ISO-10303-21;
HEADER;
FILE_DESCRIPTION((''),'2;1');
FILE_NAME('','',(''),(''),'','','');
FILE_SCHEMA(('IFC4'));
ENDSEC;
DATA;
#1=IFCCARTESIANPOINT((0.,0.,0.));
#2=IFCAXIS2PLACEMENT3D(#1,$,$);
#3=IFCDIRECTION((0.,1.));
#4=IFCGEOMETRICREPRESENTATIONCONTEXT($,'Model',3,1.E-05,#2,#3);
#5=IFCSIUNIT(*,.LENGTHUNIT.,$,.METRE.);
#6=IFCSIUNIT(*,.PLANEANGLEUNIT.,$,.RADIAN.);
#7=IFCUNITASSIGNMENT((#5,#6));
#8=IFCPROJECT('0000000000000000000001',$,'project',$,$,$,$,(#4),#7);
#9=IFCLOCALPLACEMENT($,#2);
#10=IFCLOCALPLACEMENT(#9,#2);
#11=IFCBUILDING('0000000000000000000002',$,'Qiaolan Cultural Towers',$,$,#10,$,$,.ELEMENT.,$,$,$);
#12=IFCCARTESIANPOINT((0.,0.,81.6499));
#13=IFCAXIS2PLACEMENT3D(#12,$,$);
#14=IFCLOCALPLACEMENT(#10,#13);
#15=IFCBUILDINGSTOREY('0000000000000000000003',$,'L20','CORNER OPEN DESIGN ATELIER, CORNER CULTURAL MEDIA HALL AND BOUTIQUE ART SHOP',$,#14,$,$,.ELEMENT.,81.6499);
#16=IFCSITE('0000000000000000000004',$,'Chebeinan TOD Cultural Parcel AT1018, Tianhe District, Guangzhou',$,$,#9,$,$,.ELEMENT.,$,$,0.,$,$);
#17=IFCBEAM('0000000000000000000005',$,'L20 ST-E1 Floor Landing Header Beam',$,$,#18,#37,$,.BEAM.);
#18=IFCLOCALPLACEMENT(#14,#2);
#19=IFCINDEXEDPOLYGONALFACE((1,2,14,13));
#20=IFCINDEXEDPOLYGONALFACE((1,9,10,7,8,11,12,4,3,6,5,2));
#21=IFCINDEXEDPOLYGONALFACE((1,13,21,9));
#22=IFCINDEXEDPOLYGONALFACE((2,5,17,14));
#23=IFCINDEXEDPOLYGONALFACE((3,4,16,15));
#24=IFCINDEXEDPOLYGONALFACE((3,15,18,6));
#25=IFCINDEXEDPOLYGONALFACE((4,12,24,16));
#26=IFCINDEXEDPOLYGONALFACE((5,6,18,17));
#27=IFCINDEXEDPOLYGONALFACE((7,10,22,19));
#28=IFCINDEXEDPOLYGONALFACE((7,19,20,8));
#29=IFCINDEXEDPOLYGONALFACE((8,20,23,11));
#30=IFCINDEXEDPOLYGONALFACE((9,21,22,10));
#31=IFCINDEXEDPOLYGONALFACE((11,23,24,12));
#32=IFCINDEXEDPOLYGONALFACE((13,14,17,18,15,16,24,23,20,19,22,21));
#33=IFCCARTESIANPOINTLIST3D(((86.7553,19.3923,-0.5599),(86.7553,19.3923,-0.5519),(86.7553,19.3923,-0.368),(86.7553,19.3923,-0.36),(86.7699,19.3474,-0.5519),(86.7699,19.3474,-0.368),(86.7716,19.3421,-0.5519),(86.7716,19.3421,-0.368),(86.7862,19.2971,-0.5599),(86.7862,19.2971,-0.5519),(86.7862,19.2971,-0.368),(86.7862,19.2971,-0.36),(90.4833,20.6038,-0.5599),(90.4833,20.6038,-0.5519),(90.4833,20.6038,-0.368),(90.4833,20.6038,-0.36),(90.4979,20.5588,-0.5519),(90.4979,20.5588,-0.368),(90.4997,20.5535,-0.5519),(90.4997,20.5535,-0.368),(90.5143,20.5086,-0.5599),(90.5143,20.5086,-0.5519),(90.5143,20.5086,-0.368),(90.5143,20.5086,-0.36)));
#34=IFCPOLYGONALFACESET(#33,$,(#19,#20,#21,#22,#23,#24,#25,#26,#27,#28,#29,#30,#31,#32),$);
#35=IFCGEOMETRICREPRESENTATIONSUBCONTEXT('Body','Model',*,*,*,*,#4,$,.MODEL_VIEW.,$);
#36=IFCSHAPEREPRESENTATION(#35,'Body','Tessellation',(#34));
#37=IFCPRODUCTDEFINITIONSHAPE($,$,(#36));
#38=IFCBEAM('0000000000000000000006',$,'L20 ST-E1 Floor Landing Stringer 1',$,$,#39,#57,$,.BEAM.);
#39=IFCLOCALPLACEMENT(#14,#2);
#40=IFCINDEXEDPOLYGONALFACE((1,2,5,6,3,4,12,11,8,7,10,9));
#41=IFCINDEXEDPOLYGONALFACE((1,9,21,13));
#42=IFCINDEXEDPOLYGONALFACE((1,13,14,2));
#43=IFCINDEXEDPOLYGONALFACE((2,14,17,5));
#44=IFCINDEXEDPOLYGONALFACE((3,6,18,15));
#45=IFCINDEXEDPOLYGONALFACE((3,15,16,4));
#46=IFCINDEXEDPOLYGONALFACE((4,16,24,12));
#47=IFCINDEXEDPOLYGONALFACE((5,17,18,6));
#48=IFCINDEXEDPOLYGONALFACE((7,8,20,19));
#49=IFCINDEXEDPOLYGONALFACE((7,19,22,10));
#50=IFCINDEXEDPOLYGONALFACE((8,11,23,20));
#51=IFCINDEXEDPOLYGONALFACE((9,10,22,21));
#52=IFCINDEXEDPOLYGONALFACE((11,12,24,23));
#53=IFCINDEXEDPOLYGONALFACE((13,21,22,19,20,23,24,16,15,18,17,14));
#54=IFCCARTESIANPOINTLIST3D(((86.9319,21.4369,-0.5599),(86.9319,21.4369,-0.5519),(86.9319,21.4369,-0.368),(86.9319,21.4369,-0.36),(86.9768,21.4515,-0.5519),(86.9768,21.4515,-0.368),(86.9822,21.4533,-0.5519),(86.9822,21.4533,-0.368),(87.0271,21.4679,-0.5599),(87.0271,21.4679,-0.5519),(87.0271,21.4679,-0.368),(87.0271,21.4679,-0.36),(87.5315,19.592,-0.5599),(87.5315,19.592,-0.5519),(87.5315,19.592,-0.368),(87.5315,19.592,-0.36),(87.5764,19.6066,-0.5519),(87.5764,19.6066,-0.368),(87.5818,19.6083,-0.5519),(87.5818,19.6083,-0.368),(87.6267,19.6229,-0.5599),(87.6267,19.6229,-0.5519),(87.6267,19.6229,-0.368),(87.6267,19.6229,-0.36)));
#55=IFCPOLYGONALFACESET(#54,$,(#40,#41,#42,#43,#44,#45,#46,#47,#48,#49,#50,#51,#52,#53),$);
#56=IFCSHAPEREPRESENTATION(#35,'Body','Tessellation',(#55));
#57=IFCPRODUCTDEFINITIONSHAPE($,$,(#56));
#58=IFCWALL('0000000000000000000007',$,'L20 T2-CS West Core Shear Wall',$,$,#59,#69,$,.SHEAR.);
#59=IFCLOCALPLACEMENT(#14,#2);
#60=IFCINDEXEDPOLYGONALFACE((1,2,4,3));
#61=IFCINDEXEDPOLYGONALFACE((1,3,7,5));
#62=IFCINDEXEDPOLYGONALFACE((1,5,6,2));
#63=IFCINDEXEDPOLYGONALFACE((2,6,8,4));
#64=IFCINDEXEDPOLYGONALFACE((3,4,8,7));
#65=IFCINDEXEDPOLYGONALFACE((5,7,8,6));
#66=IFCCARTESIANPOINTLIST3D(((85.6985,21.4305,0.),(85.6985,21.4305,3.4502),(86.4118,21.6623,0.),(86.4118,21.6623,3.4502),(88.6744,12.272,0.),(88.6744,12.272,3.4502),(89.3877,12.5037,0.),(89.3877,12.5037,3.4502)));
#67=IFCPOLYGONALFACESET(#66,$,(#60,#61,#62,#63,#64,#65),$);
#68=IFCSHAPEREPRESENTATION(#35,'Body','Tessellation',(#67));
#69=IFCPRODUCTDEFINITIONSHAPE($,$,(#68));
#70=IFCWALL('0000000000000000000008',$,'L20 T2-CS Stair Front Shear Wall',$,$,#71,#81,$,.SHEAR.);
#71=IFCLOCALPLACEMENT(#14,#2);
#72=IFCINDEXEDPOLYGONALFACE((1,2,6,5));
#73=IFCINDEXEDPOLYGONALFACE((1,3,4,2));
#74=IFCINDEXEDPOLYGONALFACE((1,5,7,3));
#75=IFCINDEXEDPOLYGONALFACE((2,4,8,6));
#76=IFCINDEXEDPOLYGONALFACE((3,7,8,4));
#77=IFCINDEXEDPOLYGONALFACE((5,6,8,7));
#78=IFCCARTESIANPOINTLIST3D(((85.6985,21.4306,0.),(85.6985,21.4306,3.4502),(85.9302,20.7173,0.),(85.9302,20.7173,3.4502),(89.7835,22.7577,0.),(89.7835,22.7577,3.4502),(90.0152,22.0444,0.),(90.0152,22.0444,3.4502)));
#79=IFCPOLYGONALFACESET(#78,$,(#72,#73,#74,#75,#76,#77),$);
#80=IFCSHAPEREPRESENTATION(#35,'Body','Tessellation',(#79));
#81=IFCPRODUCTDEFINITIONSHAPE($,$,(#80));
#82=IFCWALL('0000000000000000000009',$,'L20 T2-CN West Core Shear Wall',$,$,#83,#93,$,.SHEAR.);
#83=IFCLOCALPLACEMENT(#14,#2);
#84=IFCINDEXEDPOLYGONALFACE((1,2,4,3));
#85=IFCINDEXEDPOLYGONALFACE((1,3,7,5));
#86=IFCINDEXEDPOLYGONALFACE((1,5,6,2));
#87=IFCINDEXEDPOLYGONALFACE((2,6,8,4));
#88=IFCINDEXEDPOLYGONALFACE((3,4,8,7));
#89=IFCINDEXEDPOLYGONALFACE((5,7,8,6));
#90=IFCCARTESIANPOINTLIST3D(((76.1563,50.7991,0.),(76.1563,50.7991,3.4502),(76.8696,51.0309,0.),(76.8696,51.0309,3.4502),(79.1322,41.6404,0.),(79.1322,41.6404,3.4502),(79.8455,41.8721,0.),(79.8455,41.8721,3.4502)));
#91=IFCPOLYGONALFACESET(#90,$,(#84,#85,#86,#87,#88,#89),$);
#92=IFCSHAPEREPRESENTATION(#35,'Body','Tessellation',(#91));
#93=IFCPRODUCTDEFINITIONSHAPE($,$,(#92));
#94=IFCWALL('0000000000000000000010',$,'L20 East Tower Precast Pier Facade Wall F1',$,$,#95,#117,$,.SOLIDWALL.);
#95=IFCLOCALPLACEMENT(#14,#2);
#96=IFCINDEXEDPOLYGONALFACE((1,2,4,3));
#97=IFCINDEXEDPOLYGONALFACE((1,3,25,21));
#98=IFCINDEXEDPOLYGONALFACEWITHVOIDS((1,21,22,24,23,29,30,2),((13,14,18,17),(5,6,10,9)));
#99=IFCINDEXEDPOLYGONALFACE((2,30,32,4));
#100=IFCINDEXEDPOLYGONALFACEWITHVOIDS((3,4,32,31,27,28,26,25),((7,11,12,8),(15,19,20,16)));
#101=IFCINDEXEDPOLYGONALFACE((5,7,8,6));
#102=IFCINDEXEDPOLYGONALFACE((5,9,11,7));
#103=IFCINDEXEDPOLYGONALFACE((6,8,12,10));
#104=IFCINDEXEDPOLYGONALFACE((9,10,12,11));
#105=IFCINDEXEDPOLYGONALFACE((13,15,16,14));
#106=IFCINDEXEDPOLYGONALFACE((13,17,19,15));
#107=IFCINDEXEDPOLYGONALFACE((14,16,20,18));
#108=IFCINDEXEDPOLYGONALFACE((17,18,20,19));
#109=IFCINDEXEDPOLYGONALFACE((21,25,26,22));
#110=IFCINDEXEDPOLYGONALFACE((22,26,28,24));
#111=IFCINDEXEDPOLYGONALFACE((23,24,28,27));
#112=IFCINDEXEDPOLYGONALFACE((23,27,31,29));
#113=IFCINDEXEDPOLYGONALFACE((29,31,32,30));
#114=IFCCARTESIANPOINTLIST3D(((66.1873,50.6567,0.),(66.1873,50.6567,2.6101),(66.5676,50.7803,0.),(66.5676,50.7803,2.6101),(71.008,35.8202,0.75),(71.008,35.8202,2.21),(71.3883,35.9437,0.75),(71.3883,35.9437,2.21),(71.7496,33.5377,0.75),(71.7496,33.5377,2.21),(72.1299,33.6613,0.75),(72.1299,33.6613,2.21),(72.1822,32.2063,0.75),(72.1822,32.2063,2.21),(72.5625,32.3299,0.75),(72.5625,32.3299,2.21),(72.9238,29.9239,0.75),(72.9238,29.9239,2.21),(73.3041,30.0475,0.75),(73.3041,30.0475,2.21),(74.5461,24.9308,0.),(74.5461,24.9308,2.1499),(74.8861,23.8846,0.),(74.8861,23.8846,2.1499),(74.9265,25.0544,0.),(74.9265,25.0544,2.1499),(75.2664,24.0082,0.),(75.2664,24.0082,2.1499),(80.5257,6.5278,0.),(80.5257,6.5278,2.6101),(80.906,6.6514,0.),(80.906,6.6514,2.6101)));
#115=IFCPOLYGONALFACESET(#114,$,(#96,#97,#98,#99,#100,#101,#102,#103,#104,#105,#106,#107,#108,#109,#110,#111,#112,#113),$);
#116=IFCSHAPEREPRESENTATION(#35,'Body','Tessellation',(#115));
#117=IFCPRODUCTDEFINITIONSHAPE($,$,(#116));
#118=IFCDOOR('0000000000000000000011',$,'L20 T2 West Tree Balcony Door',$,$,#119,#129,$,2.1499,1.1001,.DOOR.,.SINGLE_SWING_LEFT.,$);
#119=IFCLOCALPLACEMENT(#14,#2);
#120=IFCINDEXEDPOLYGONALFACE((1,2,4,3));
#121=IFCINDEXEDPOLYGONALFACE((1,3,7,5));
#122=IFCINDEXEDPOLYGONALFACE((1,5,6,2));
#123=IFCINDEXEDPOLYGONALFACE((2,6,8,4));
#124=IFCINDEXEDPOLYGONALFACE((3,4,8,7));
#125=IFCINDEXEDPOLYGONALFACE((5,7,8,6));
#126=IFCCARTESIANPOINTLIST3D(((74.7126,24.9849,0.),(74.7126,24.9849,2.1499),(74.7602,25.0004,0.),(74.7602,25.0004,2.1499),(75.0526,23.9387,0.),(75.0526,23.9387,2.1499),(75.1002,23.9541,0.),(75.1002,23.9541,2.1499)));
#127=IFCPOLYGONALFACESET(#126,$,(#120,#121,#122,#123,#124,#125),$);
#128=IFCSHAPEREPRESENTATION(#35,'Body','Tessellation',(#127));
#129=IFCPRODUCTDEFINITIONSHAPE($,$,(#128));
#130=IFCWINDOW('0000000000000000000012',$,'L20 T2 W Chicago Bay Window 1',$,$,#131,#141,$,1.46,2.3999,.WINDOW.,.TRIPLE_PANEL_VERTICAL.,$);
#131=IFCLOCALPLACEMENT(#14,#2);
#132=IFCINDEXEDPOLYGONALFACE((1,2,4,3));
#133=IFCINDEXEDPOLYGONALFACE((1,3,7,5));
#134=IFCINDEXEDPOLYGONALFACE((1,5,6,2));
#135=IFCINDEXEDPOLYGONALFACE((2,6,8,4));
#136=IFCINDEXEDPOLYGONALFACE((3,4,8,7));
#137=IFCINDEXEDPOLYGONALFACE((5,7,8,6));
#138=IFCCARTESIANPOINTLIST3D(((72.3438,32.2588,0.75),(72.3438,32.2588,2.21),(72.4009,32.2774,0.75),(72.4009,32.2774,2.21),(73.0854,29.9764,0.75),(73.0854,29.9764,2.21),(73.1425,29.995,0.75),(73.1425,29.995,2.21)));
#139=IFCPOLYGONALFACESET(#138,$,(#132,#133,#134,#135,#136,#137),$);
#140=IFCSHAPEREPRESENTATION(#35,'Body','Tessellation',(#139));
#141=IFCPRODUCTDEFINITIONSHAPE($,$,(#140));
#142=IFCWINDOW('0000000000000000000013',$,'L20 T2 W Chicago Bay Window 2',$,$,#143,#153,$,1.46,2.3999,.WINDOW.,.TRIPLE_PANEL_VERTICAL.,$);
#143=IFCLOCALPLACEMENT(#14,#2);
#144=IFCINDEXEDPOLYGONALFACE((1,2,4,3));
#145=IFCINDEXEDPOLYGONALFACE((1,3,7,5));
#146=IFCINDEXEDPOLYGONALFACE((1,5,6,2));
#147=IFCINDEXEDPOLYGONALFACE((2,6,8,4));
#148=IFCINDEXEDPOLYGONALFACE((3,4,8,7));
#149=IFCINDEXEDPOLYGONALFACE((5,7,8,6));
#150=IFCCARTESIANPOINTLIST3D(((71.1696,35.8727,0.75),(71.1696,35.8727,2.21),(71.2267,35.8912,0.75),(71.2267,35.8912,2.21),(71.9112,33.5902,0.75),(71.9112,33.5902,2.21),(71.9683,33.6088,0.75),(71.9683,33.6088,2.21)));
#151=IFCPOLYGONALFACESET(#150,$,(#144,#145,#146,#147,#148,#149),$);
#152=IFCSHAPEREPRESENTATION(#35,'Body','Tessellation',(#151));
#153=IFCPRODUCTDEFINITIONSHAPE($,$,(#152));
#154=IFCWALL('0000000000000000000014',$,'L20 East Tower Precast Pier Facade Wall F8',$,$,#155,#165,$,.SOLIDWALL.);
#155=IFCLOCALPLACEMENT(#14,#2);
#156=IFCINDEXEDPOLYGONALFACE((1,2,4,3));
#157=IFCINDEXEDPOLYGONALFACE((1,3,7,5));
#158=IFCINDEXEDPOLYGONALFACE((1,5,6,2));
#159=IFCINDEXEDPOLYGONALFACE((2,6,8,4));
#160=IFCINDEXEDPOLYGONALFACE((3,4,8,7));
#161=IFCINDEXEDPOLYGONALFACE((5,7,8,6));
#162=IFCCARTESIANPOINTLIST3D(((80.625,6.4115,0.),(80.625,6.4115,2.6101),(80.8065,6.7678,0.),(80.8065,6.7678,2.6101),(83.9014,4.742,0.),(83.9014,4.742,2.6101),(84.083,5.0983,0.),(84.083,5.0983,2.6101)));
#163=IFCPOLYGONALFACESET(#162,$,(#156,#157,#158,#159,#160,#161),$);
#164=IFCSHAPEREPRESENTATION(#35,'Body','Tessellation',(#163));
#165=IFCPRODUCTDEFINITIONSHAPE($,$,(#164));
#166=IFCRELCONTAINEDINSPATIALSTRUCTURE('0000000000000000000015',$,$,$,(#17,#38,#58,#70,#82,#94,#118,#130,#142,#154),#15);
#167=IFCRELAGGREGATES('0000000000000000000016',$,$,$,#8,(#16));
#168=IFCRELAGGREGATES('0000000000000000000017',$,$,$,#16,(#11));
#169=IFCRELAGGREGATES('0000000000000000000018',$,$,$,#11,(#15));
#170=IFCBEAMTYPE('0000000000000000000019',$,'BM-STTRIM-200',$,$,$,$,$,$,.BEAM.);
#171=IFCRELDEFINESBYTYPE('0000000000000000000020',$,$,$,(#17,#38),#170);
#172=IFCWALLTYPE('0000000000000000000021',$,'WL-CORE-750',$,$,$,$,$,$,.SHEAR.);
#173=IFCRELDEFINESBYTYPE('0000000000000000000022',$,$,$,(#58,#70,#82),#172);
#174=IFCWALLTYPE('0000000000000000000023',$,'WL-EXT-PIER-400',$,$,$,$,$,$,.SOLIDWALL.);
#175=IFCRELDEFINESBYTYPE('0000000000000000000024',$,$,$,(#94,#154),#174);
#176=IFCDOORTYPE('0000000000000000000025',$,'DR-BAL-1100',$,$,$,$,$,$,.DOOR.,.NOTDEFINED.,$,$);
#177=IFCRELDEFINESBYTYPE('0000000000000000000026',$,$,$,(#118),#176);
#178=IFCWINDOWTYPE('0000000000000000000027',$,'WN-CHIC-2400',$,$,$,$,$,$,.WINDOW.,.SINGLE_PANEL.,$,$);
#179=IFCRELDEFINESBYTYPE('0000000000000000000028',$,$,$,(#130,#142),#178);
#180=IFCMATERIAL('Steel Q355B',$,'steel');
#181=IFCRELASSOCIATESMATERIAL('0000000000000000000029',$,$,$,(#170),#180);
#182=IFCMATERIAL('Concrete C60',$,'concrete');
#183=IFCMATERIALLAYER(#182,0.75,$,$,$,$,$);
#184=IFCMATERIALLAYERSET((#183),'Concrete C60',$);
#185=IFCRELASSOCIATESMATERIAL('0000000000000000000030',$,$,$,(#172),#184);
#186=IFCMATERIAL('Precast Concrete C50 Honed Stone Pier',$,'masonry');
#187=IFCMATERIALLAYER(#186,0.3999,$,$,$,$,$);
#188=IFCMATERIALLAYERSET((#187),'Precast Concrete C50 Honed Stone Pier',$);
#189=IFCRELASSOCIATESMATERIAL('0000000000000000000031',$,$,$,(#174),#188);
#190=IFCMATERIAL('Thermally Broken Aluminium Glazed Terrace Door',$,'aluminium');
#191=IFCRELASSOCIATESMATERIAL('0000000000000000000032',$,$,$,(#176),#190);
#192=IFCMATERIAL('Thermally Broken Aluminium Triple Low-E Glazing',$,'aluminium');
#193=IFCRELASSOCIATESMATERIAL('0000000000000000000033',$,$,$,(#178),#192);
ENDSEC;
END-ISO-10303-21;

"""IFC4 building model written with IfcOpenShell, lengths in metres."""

from ifc_helpers import new_model, si_unit, direction, frame, frame_2d, origin, origin_2d, place, context, subcontext, project, spatial, rectangle, i_section, extrude, material, layer, layer_set, material_profile, profile_set, type_object, element, fill, save


model = new_model("IFC4")

# Units and contexts
model_context = context("Model", 3, precision=1e-05, world=origin(), true_north=direction((0.0, 1.0)))
body_context = subcontext(model_context, "Body", "Model", "MODEL_VIEW")
ifc_project = project(units=[si_unit("LENGTHUNIT", "METRE"), si_unit("PLANEANGLEUNIT", "RADIAN")], contexts=[model_context])

# Site, building, storey
site_placement = place(None, origin())
site = spatial("IfcSite", under=ifc_project, at=site_placement, Name="Chebeinan TOD Cultural Parcel AT1018, Tianhe District, Guangzhou", CompositionType="ELEMENT", RefElevation=0.0)
building_placement = place(site_placement, origin())
building = spatial("IfcBuilding", under=site, at=building_placement, Name="Qiaolan Cultural Towers", CompositionType="ELEMENT")
storey_placement = place(building_placement, frame((0.0, 0.0, 81.6499)))
storey = spatial("IfcBuildingStorey", under=building, at=storey_placement, Name="L20", Description="CORNER OPEN DESIGN ATELIER, CORNER CULTURAL MEDIA HALL AND BOUTIQUE ART SHOP", CompositionType="ELEMENT", Elevation=81.6499)

# Beams
ifc_material_1 = material(Name="Steel Q355B", Category="steel")
ifc_material_profile_1 = material_profile(ifc_material_1, i_section(OverallWidth=0.1001, OverallDepth=0.2, WebThickness=0.0056, FlangeThickness=0.0081, at=origin_2d()), Name="HN200x100x5.5x8")
ifc_profile_set_1 = profile_set([ifc_material_profile_1], Name="Steel Q355B")
beam_type_1 = type_object("IfcBeamType", Name="BM-STTRIM-200", PredefinedType="BEAM", material=ifc_profile_set_1)
beam_1_placement = place(storey_placement, frame((86.7708, 19.3447, -0.46), z_axis=(0.951048, 0.309044, 0.0), x_axis=(-0.309044, 0.951048, 0.0)))
element("IfcBeam", 1, at=beam_1_placement, inside=storey, type_object=beam_type_1, Name="L20 ST-E1 Floor Landing Header Beam", PredefinedType="BEAM", context=body_context, shape_type="SweptSolid", body=[
    extrude(i_section(OverallWidth=0.1001, OverallDepth=0.2, WebThickness=0.0056, FlangeThickness=0.0081, at=origin_2d()), origin(), (0.0, 0.0, 1.0), 3.9199),
])
beam_2_placement = place(storey_placement, frame((86.9795, 21.4524, -0.46), z_axis=(0.309083, -0.951035, 0.0), x_axis=(0.951035, 0.309083, 0.0)))
element("IfcBeam", 2, at=beam_2_placement, inside=storey, type_object=beam_type_1, Name="L20 ST-E1 Floor Landing Stringer 1", PredefinedType="BEAM", context=body_context, shape_type="SweptSolid", body=[
    extrude(i_section(OverallWidth=0.1001, OverallDepth=0.2, WebThickness=0.0056, FlangeThickness=0.0081, at=origin_2d()), origin(), (0.0, 0.0, 1.0), 1.9399),
])

# Walls
ifc_material_2 = material(Name="Concrete C60", Category="concrete")
ifc_layer_1 = layer(ifc_material_2, 0.75)
ifc_layer_set_1 = layer_set([ifc_layer_1], Name="Concrete C60")
wall_type_1 = type_object("IfcWallType", Name="WL-CORE-750", PredefinedType="SHEAR", material=ifc_layer_set_1)
wall_1_placement = place(storey_placement, frame((86.0552, 21.5464, 0.0), z_axis=(0.0, 0.0, 1.0), x_axis=(0.309024, -0.951054, 0.0)))
element("IfcWall", 3, at=wall_1_placement, inside=storey, type_object=wall_type_1, Name="L20 T2-CS West Core Shear Wall", PredefinedType="SHEAR", context=body_context, shape_type="SweptSolid", body=[
    extrude(rectangle(XDim=9.6299, YDim=0.75, at=frame_2d((4.8149, 0.0))), origin(), (0.0, 0.0, 1.0), 3.4502),
])
wall_2_placement = place(storey_placement, frame((85.8145, 21.074, 0.0), z_axis=(0.0, 0.0, 1.0), x_axis=(0.951066, 0.308988, 0.0)))
element("IfcWall", 4, at=wall_2_placement, inside=storey, type_object=wall_type_1, Name="L20 T2-CS Stair Front Shear Wall", PredefinedType="SHEAR", context=body_context, shape_type="SweptSolid", body=[
    extrude(rectangle(XDim=4.2952, YDim=0.75, at=frame_2d((2.1475, 0.0))), origin(), (0.0, 0.0, 1.0), 3.4502),
])
wall_3_placement = place(storey_placement, frame((79.4888, 41.7563, 0.0), z_axis=(0.0, 0.0, 1.0), x_axis=(-0.309016, 0.951057, 0.0)))
element("IfcWall", 5, at=wall_3_placement, inside=storey, type_object=wall_type_1, Name="L20 T2-CN West Core Shear Wall", PredefinedType="SHEAR", context=body_context, shape_type="SweptSolid", body=[
    extrude(rectangle(XDim=9.6301, YDim=0.75, at=frame_2d((4.8149, 0.0))), origin(), (0.0, 0.0, 1.0), 3.4502),
])

# Wall, openings, door, windows
ifc_material_3 = material(Name="Precast Concrete C50 Honed Stone Pier", Category="masonry")
ifc_layer_2 = layer(ifc_material_3, 0.3999)
ifc_layer_set_2 = layer_set([ifc_layer_2], Name="Precast Concrete C50 Honed Stone Pier")
wall_type_2 = type_object("IfcWallType", Name="WL-EXT-PIER-400", PredefinedType="SOLIDWALL", material=ifc_layer_set_2)
wall_4_placement = place(storey_placement, frame((80.7158, 6.5896, 0.0), z_axis=(0.0, 0.0, 1.0), x_axis=(-0.309018, 0.951056, 0.0)))
wall_4 = element("IfcWall", 6, at=wall_4_placement, inside=storey, type_object=wall_type_2, Name="L20 East Tower Precast Pier Facade Wall F1", PredefinedType="SOLIDWALL", context=body_context, shape_type="SweptSolid", body=[
    extrude(rectangle(XDim=46.3999, YDim=0.3999, at=frame_2d((23.2, 0.0))), origin(), (0.0, 0.0, 1.0), 2.6101),
])
opening_1_placement = place(wall_4_placement, frame((24.6001, 0.0, 0.75)))
opening_1 = element("IfcOpeningElement", 7, at=opening_1_placement, cuts=wall_4, PredefinedType="OPENING", context=body_context, shape_type="SweptSolid", body=[
    extrude(rectangle(XDim=2.3999, YDim=1.46, at=frame_2d((1.2, 0.73))), frame((0.0, 0.21, 0.0), z_axis=(0.0, -1.0, 0.0), x_axis=(1.0, 0.0, 0.0)), (0.0, 0.0, 1.0), 0.4199),
])
opening_2_placement = place(wall_4_placement, frame((28.3999, 0.0, 0.75)))
opening_2 = element("IfcOpeningElement", 8, at=opening_2_placement, cuts=wall_4, PredefinedType="OPENING", context=body_context, shape_type="SweptSolid", body=[
    extrude(rectangle(XDim=2.3999, YDim=1.46, at=frame_2d((1.2, 0.73))), frame((0.0, 0.21, 0.0), z_axis=(0.0, -1.0, 0.0), x_axis=(1.0, 0.0, 0.0)), (0.0, 0.0, 1.0), 0.4199),
])
opening_3_placement = place(wall_4_placement, frame((18.25, 0.0, 0.0)))
opening_3 = element("IfcOpeningElement", 9, at=opening_3_placement, cuts=wall_4, PredefinedType="OPENING", context=body_context, shape_type="SweptSolid", body=[
    extrude(rectangle(XDim=1.1001, YDim=2.1499, at=frame_2d((0.55, 1.075))), frame((0.0, 0.21, 0.0), z_axis=(0.0, -1.0, 0.0), x_axis=(1.0, 0.0, 0.0)), (0.0, 0.0, 1.0), 0.4199),
])
ifc_material_4 = material(Name="Thermally Broken Aluminium Glazed Terrace Door", Category="aluminium")
door_type_1 = type_object("IfcDoorType", Name="DR-BAL-1100", OperationType="NOTDEFINED", PredefinedType="DOOR", material=ifc_material_4)
door_1_placement = place(opening_3_placement, origin())
door_1 = element("IfcDoor", 10, at=door_1_placement, inside=storey, type_object=door_type_1, Name="L20 T2 West Tree Balcony Door", OperationType="SINGLE_SWING_LEFT", OverallHeight=2.1499, OverallWidth=1.1001, PredefinedType="DOOR", context=body_context, shape_type="SweptSolid", body=[
    extrude(rectangle(XDim=1.1001, YDim=2.1499, at=frame_2d((0.55, 1.075))), frame((0.0, 0.0249, 0.0), z_axis=(0.0, -1.0, 0.0), x_axis=(1.0, 0.0, 0.0)), (0.0, 0.0, 1.0), 0.05),
])
fill(opening_3, door_1)
ifc_material_5 = material(Name="Thermally Broken Aluminium Triple Low-E Glazing", Category="aluminium")
window_type = type_object("IfcWindowType", Name="WN-CHIC-2400", PartitioningType="SINGLE_PANEL", PredefinedType="WINDOW", material=ifc_material_5)
window_1_placement = place(opening_1_placement, origin())
window_1 = element("IfcWindow", 11, at=window_1_placement, inside=storey, type_object=window_type, Name="L20 T2 W Chicago Bay Window 1", OverallHeight=1.46, OverallWidth=2.3999, PartitioningType="TRIPLE_PANEL_VERTICAL", PredefinedType="WINDOW", context=body_context, shape_type="SweptSolid", body=[
    extrude(rectangle(XDim=2.3999, YDim=1.46, at=frame_2d((1.2, 0.73))), frame((0.0, 0.03, 0.0), z_axis=(0.0, -1.0, 0.0), x_axis=(1.0, 0.0, 0.0)), (0.0, 0.0, 1.0), 0.0601),
])
fill(opening_1, window_1)
window_2_placement = place(opening_2_placement, origin())
window_2 = element("IfcWindow", 12, at=window_2_placement, inside=storey, type_object=window_type, Name="L20 T2 W Chicago Bay Window 2", OverallHeight=1.46, OverallWidth=2.3999, PartitioningType="TRIPLE_PANEL_VERTICAL", PredefinedType="WINDOW", context=body_context, shape_type="SweptSolid", body=[
    extrude(rectangle(XDim=2.3999, YDim=1.46, at=frame_2d((1.2, 0.73))), frame((0.0, 0.03, 0.0), z_axis=(0.0, -1.0, 0.0), x_axis=(1.0, 0.0, 0.0)), (0.0, 0.0, 1.0), 0.0601),
])
fill(opening_2, window_2)

# Wall
wall_5_placement = place(storey_placement, frame((83.9922, 4.9202, 0.0), z_axis=(0.0, 0.0, 1.0), x_axis=(-0.891002, 0.453999, 0.0)))
element("IfcWall", 13, at=wall_5_placement, inside=storey, type_object=wall_type_2, Name="L20 East Tower Precast Pier Facade Wall F8", PredefinedType="SOLIDWALL", context=body_context, shape_type="SweptSolid", body=[
    extrude(rectangle(XDim=3.6772, YDim=0.3999, at=frame_2d((1.8386, 0.0))), origin(), (0.0, 0.0, 1.0), 2.6101),
])

save(model, "model.ifc")
